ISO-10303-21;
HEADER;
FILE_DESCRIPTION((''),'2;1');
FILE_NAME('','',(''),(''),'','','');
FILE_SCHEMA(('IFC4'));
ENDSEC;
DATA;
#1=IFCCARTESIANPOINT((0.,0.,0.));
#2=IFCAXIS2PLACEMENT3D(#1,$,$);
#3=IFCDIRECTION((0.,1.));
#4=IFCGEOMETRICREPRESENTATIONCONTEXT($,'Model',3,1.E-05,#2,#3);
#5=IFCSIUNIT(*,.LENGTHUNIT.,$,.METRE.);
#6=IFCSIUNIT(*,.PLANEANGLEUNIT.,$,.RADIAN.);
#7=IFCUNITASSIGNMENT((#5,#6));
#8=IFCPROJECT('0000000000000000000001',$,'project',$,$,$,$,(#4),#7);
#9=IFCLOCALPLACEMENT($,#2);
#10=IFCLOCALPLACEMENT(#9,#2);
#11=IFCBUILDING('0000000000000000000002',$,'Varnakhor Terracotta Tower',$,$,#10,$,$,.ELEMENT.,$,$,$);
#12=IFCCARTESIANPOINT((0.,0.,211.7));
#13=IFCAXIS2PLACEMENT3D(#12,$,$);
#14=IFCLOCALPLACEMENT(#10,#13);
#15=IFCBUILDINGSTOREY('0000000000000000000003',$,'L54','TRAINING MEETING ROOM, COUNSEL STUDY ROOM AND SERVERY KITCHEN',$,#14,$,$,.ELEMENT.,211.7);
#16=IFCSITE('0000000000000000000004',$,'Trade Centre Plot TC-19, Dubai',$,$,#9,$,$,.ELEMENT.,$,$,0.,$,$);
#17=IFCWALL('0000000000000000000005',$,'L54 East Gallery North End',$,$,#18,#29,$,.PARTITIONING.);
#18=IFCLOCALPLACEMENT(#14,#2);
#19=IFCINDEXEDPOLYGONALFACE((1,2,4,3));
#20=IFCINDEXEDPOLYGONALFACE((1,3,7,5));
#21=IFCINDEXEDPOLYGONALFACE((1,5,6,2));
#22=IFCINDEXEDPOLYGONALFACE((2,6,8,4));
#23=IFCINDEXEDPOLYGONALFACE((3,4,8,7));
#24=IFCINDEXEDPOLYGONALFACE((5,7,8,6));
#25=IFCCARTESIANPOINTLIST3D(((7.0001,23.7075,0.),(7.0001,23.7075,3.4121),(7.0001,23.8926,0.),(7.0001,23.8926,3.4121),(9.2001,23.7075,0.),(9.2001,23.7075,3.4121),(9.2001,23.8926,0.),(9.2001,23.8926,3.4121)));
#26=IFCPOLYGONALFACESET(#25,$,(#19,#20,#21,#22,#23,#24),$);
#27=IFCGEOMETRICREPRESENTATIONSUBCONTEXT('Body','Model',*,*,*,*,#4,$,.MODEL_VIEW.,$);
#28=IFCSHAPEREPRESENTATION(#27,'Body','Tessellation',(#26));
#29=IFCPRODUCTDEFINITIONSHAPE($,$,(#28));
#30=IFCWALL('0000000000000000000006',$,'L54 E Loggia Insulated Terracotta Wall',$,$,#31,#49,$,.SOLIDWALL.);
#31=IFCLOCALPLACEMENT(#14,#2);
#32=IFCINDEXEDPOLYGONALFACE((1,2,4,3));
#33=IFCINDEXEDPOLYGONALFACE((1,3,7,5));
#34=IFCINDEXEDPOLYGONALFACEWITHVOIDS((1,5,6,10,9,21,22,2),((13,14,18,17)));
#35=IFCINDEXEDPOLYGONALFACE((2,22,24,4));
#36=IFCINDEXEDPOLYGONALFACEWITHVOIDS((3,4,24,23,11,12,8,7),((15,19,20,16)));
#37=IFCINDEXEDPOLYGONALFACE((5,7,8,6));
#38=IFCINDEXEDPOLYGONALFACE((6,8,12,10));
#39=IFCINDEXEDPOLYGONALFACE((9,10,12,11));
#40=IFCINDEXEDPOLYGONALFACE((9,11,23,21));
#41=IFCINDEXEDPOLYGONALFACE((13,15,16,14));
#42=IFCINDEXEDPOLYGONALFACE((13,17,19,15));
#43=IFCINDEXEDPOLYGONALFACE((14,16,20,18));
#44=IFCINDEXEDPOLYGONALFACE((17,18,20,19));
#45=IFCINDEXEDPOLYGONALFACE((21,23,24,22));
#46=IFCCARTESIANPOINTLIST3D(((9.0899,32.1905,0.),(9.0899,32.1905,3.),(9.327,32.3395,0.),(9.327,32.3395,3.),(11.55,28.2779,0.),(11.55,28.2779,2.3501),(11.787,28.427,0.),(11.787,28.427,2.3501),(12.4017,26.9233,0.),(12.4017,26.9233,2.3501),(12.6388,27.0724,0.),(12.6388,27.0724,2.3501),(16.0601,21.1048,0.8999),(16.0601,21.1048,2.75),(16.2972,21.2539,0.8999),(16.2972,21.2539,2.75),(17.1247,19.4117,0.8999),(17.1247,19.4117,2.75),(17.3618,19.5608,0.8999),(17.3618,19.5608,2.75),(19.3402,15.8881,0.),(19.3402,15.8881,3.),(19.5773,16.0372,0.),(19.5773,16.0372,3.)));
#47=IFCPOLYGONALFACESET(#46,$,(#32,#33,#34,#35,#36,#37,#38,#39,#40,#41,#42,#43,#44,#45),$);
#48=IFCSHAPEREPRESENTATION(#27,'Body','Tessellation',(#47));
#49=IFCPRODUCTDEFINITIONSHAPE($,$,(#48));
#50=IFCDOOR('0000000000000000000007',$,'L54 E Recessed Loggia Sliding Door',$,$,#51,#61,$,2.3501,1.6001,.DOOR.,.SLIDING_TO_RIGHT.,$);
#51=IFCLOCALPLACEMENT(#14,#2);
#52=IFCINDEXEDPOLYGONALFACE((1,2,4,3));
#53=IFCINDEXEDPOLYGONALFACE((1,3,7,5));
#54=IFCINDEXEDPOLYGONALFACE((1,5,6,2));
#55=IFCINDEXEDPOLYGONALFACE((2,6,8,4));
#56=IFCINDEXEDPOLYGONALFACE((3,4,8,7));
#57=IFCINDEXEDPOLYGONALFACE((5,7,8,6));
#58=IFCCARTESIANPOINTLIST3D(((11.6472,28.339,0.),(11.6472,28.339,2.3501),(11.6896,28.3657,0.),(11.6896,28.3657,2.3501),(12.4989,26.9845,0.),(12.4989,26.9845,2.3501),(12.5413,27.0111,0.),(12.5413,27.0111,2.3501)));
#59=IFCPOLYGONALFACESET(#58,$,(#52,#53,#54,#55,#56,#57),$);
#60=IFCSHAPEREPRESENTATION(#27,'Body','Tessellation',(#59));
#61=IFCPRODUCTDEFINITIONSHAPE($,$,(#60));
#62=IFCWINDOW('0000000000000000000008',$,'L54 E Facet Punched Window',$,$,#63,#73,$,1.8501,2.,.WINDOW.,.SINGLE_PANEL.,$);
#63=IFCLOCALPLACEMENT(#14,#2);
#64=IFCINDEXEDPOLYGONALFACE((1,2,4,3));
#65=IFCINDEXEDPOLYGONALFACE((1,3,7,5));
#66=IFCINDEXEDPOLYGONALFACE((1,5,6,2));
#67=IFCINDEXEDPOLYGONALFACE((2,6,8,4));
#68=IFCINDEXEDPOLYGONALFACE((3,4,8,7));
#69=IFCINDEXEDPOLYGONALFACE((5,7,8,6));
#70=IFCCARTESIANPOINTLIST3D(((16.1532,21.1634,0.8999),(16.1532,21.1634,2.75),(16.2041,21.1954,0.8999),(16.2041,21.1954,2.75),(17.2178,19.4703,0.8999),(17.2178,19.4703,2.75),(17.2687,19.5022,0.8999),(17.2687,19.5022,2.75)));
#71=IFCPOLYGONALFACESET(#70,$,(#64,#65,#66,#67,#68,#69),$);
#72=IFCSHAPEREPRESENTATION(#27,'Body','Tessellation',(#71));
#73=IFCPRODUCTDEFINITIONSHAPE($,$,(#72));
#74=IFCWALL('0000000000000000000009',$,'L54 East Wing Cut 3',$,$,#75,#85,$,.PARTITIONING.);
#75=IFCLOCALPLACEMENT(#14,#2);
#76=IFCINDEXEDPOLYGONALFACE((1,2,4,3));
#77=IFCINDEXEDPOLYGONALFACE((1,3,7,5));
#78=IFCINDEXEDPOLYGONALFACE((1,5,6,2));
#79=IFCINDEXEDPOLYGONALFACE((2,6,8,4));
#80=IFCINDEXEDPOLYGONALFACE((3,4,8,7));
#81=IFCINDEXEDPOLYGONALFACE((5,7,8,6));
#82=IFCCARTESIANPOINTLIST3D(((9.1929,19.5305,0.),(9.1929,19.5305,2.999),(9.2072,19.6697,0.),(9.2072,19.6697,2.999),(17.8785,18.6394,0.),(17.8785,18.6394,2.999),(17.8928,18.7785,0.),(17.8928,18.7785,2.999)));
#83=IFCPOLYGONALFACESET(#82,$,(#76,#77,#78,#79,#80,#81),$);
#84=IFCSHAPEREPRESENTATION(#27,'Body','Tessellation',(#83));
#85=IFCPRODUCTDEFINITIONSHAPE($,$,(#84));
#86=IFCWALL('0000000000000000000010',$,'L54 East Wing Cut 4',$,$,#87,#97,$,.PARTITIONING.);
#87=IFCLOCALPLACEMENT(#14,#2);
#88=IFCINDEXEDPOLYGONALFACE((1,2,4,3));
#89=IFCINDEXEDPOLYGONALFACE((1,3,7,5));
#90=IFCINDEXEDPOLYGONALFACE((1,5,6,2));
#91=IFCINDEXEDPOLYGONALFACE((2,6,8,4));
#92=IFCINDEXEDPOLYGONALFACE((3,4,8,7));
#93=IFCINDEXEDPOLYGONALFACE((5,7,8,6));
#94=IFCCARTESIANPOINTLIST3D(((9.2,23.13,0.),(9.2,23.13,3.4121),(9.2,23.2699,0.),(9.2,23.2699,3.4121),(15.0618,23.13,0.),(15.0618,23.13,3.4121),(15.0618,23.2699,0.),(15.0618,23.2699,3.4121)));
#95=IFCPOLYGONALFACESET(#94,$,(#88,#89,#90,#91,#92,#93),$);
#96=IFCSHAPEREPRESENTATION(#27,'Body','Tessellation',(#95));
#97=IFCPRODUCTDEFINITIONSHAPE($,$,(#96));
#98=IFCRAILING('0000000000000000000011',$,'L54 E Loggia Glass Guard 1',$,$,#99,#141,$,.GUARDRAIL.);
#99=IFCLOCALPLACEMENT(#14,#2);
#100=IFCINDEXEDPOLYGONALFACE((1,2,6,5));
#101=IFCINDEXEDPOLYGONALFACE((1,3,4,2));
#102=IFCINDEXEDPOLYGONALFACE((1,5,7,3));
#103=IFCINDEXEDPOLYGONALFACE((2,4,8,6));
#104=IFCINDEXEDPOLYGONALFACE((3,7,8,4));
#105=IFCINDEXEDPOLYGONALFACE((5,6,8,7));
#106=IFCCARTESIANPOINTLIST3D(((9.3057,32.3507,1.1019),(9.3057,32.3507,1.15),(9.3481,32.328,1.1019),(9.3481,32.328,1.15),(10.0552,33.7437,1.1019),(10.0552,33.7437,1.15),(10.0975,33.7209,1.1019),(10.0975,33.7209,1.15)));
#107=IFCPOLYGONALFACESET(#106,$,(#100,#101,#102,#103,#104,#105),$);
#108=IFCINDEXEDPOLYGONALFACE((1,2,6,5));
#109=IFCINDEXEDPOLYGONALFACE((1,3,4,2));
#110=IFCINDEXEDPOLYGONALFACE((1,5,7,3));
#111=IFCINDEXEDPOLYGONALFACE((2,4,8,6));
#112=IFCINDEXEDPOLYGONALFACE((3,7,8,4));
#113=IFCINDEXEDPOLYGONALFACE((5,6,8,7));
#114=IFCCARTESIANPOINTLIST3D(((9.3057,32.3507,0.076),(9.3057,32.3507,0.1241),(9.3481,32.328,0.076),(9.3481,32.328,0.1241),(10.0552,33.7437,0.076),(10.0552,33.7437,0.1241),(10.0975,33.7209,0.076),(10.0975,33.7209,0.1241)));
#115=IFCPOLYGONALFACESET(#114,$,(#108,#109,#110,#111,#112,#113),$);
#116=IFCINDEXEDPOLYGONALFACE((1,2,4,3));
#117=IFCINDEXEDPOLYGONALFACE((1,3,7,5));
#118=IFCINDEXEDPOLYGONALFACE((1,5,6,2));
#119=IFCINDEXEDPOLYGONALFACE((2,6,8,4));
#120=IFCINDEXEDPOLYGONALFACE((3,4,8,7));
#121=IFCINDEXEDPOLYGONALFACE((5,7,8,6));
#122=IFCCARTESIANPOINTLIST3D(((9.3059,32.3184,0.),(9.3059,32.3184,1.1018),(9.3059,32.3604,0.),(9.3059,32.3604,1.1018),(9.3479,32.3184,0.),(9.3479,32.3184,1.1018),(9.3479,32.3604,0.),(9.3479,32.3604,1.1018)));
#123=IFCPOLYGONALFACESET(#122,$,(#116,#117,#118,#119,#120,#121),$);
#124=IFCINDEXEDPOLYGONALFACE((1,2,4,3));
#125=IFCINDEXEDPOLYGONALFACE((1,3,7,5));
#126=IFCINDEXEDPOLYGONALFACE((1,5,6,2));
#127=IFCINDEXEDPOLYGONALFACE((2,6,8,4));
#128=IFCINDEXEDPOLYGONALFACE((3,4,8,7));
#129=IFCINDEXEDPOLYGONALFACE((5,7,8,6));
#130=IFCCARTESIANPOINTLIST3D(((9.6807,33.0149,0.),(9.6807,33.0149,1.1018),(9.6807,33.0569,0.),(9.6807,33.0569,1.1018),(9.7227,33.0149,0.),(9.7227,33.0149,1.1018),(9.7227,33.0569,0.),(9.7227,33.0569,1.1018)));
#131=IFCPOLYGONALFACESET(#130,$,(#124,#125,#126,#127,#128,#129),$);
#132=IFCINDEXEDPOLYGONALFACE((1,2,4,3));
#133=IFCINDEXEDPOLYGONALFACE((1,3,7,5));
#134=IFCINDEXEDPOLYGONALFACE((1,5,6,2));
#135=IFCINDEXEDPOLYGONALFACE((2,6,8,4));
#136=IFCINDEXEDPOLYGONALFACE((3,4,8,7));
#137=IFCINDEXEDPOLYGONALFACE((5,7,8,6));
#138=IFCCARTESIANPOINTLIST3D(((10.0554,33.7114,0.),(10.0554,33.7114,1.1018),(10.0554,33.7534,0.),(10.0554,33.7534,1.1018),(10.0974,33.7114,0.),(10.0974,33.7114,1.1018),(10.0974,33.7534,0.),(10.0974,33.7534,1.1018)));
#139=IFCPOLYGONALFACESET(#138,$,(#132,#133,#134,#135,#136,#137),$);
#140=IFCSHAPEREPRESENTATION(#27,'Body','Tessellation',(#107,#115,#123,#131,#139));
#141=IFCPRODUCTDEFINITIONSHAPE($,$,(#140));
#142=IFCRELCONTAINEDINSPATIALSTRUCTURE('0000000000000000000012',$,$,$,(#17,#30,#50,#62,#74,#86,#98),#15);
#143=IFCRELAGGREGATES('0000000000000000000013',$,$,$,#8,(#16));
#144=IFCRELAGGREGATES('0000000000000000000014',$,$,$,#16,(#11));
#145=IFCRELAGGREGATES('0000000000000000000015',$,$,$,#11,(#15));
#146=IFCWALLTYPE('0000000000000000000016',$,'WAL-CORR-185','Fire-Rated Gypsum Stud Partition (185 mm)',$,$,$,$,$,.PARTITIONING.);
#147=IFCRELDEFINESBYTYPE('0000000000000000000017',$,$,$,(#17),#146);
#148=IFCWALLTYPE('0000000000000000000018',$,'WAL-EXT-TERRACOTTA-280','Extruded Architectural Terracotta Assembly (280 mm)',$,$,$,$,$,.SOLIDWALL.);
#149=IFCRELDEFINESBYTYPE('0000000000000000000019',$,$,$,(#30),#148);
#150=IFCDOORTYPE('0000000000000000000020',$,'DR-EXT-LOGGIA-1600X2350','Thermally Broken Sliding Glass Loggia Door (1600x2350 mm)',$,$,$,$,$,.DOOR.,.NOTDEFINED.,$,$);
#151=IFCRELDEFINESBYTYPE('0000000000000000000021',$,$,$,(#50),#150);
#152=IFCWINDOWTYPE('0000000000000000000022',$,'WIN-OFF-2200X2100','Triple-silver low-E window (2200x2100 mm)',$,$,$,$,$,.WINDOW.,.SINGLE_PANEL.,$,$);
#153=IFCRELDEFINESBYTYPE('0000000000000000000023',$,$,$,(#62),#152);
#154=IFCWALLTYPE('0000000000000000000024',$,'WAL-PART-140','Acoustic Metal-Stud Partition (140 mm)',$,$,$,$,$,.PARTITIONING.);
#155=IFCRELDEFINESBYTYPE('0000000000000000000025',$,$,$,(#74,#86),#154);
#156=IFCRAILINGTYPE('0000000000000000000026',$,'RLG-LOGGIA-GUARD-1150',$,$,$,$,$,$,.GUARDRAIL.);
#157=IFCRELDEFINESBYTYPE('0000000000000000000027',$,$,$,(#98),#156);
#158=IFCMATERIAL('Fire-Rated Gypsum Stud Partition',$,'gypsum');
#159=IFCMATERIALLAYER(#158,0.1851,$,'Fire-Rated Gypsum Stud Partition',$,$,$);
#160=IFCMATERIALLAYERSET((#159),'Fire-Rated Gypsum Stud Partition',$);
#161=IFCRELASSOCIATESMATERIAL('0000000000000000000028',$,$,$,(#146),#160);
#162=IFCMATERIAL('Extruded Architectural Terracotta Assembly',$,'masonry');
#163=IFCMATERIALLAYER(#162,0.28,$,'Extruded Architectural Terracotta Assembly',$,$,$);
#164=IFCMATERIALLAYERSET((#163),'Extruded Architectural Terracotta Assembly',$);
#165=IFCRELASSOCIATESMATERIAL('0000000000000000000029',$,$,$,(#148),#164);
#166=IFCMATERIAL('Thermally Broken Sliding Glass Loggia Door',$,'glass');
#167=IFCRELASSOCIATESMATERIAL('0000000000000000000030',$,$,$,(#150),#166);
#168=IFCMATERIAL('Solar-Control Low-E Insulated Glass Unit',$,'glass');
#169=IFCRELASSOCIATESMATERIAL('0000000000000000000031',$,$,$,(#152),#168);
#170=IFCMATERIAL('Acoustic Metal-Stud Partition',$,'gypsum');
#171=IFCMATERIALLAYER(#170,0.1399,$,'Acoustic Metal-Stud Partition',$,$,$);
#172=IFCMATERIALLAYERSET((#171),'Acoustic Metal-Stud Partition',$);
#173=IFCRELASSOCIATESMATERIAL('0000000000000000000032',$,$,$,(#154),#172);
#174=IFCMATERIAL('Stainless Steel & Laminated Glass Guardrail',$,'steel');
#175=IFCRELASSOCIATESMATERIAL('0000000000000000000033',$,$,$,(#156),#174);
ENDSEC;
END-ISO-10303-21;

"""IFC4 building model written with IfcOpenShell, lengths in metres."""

from ifc_helpers import new_model, si_unit, direction, frame, frame_2d, origin, origin_2d, place, context, subcontext, project, spatial, rectangle, extrude, source, transform, mapped, material, layer, layer_set, type_object, type_shapes, element, fill, save


model = new_model("IFC4")

# Units and contexts
model_context = context("Model", 3, precision=1e-05, world=origin(), true_north=direction((0.0, 1.0)))
body_context = subcontext(model_context, "Body", "Model", "MODEL_VIEW")
ifc_project = project(units=[si_unit("LENGTHUNIT", "METRE"), si_unit("PLANEANGLEUNIT", "RADIAN")], contexts=[model_context])

# Site, building, storey
site_placement = place(None, origin())
site = spatial("IfcSite", under=ifc_project, at=site_placement, Name="Trade Centre Plot TC-19, Dubai", CompositionType="ELEMENT", RefElevation=0.0)
building_placement = place(site_placement, origin())
building = spatial("IfcBuilding", under=site, at=building_placement, Name="Varnakhor Terracotta Tower", CompositionType="ELEMENT")
storey_placement = place(building_placement, frame((0.0, 0.0, 211.7)))
storey = spatial("IfcBuildingStorey", under=building, at=storey_placement, Name="L54", Description="TRAINING MEETING ROOM, COUNSEL STUDY ROOM AND SERVERY KITCHEN", CompositionType="ELEMENT", Elevation=211.7)

# Wall
ifc_material_1 = material(Name="Fire-Rated Gypsum Stud Partition", Category="gypsum")
ifc_layer_1 = layer(ifc_material_1, 0.1851, Name="Fire-Rated Gypsum Stud Partition")
ifc_layer_set_1 = layer_set([ifc_layer_1], Name="Fire-Rated Gypsum Stud Partition")
wall_type_1 = type_object("IfcWallType", Name="WAL-CORR-185", Description="Fire-Rated Gypsum Stud Partition (185 mm)", PredefinedType="PARTITIONING", material=ifc_layer_set_1)
wall_1_placement = place(storey_placement, frame((7.0, 23.8, 0.0), z_axis=(0.0, 0.0, 1.0), x_axis=(1.0, 0.0, 0.0)))
element("IfcWall", 1, at=wall_1_placement, inside=storey, type_object=wall_type_1, Name="L54 East Gallery North End", PredefinedType="PARTITIONING", context=body_context, shape_type="SweptSolid", body=[
    extrude(rectangle(XDim=2.2, YDim=0.1851, at=frame_2d((1.1001, 0.0))), origin(), (0.0, 0.0, 1.0), 3.4121),
])

# Wall, openings, door, window
ifc_material_2 = material(Name="Extruded Architectural Terracotta Assembly", Category="masonry")
ifc_layer_2 = layer(ifc_material_2, 0.28, Name="Extruded Architectural Terracotta Assembly")
ifc_layer_set_2 = layer_set([ifc_layer_2], Name="Extruded Architectural Terracotta Assembly")
wall_type_2 = type_object("IfcWallType", Name="WAL-EXT-TERRACOTTA-280", Description="Extruded Architectural Terracotta Assembly (280 mm)", PredefinedType="SOLIDWALL", material=ifc_layer_set_2)
wall_2_placement = place(storey_placement, frame((9.2085, 32.2649, 0.0), z_axis=(0.0, 0.0, 1.0), x_axis=(0.532288, -0.846564, 0.0)))
wall_2 = element("IfcWall", 2, at=wall_2_placement, inside=storey, type_object=wall_type_2, Name="L54 E Loggia Insulated Terracotta Wall", PredefinedType="SOLIDWALL", context=body_context, shape_type="SweptSolid", body=[
    extrude(rectangle(XDim=19.2571, YDim=0.28, at=frame_2d((9.6284, 0.0))), origin(), (0.0, 0.0, 1.0), 3.0),
])
opening_1_placement = place(wall_2_placement, frame((4.6216, 0.0, 0.0)))
opening_1 = element("IfcOpeningElement", 3, at=opening_1_placement, cuts=wall_2, PredefinedType="OPENING", context=body_context, shape_type="SweptSolid", body=[
    extrude(rectangle(XDim=1.6001, YDim=2.3501, at=frame_2d((0.8, 1.175))), frame((0.0, 0.1499, 0.0), z_axis=(0.0, -1.0, 0.0), x_axis=(1.0, 0.0, 0.0)), (0.0, 0.0, 1.0), 0.3),
])
opening_2_placement = place(wall_2_placement, frame((13.0947, 0.0, 0.8999)))
opening_2 = element("IfcOpeningElement", 4, at=opening_2_placement, cuts=wall_2, PredefinedType="OPENING", context=body_context, shape_type="SweptSolid", body=[
    extrude(rectangle(XDim=2.0, YDim=1.8501, at=frame_2d((1.0, 0.925))), frame((0.0, 0.1499, 0.0), z_axis=(0.0, -1.0, 0.0), x_axis=(1.0, 0.0, 0.0)), (0.0, 0.0, 1.0), 0.3),
])
ifc_material_3 = material(Name="Thermally Broken Sliding Glass Loggia Door", Category="glass")
door_type = type_object("IfcDoorType", Name="DR-EXT-LOGGIA-1600X2350", Description="Thermally Broken Sliding Glass Loggia Door (1600x2350 mm)", OperationType="NOTDEFINED", PredefinedType="DOOR", material=ifc_material_3)
shared_shape_1 = source(origin(), body_context, "Body", "SweptSolid", [
    extrude(rectangle(XDim=1.6001, YDim=2.3501, at=frame_2d((0.8, 1.175))), frame((0.0, 0.0249, 0.0), z_axis=(0.0, -1.0, 0.0), x_axis=(1.0, 0.0, 0.0)), (0.0, 0.0, 1.0), 0.05),
])
type_shapes(door_type, [shared_shape_1])
door_placement = place(opening_1_placement, origin())
door = element("IfcDoor", 5, at=door_placement, inside=storey, type_object=door_type, Name="L54 E Recessed Loggia Sliding Door", OperationType="SLIDING_TO_RIGHT", OverallHeight=2.3501, OverallWidth=1.6001, PredefinedType="DOOR", context=body_context, shape_type="MappedRepresentation", body=[
    mapped(shared_shape_1, transform((0.0, 0.0, 0.0), scale=1.0)),
])
fill(opening_1, door)
ifc_material_4 = material(Name="Solar-Control Low-E Insulated Glass Unit", Category="glass")
window_type = type_object("IfcWindowType", Name="WIN-OFF-2200X2100", Description="Triple-silver low-E window (2200x2100 mm)", PartitioningType="SINGLE_PANEL", PredefinedType="WINDOW", material=ifc_material_4)
shared_shape_2 = source(origin(), body_context, "Body", "SweptSolid", [
    extrude(rectangle(XDim=2.0, YDim=1.8501, at=frame_2d((1.0, 0.925))), frame((0.0, 0.03, 0.0), z_axis=(0.0, -1.0, 0.0), x_axis=(1.0, 0.0, 0.0)), (0.0, 0.0, 1.0), 0.0601),
])
type_shapes(window_type, [shared_shape_2])
window_placement = place(opening_2_placement, origin())
window = element("IfcWindow", 6, at=window_placement, inside=storey, type_object=window_type, Name="L54 E Facet Punched Window", OverallHeight=1.8501, OverallWidth=2.0, PartitioningType="SINGLE_PANEL", PredefinedType="WINDOW", context=body_context, shape_type="MappedRepresentation", body=[
    mapped(shared_shape_2, transform((0.0, 0.0, 0.0), scale=1.0)),
])
fill(opening_2, window)

# Walls
ifc_material_5 = material(Name="Acoustic Metal-Stud Partition", Category="gypsum")
ifc_layer_3 = layer(ifc_material_5, 0.1399, Name="Acoustic Metal-Stud Partition")
ifc_layer_set_3 = layer_set([ifc_layer_3], Name="Acoustic Metal-Stud Partition")
wall_type_3 = type_object("IfcWallType", Name="WAL-PART-140", Description="Acoustic Metal-Stud Partition (140 mm)", PredefinedType="PARTITIONING", material=ifc_layer_set_3)
wall_3_placement = place(storey_placement, frame((9.2, 19.6001, 0.0), z_axis=(0.0, 0.0, 1.0), x_axis=(0.994778, -0.102062, 0.0)))
element("IfcWall", 7, at=wall_3_placement, inside=storey, type_object=wall_type_3, Name="L54 East Wing Cut 3", PredefinedType="PARTITIONING", context=body_context, shape_type="SweptSolid", body=[
    extrude(rectangle(XDim=8.7312, YDim=0.1399, at=frame_2d((4.3657, 0.0))), origin(), (0.0, 0.0, 1.0), 2.999),
])
wall_4_placement = place(storey_placement, frame((9.2, 23.2, 0.0), z_axis=(0.0, 0.0, 1.0), x_axis=(1.0, 0.0, 0.0)))
element("IfcWall", 8, at=wall_4_placement, inside=storey, type_object=wall_type_3, Name="L54 East Wing Cut 4", PredefinedType="PARTITIONING", context=body_context, shape_type="SweptSolid", body=[
    extrude(rectangle(XDim=5.8618, YDim=0.1399, at=frame_2d((2.9309, 0.0))), origin(), (0.0, 0.0, 1.0), 3.4121),
])

# Railing
ifc_material_6 = material(Name="Stainless Steel & Laminated Glass Guardrail", Category="steel")
railing_type = type_object("IfcRailingType", Name="RLG-LOGGIA-GUARD-1150", PredefinedType="GUARDRAIL", material=ifc_material_6)
railing_1_placement = place(storey_placement, frame((9.3269, 32.3394, 0.0)))
element("IfcRailing", 9, at=railing_1_placement, inside=storey, type_object=railing_type, Name="L54 E Loggia Glass Guard 1", PredefinedType="GUARDRAIL", context=body_context, shape_type="SweptSolid", body=[
    extrude(rectangle(XDim=0.0481, YDim=0.0481, at=origin_2d()), frame((0.0, 0.0, 1.126), z_axis=(0.473805, 0.88063, 0.0), x_axis=(-0.88063, 0.473805, 0.0)), (0.0, 0.0, 1.0), 1.5818),
    extrude(rectangle(XDim=0.0481, YDim=0.0481, at=origin_2d()), frame((0.0, 0.0, 0.1001), z_axis=(0.473805, 0.88063, 0.0), x_axis=(-0.88063, 0.473805, 0.0)), (0.0, 0.0, 1.0), 1.5818),
    extrude(rectangle(XDim=0.042, YDim=0.042, at=origin_2d()), origin(), (0.0, 0.0, 1.0), 1.1018),
    extrude(rectangle(XDim=0.042, YDim=0.042, at=origin_2d()), frame((0.3748, 0.6965, 0.0)), (0.0, 0.0, 1.0), 1.1018),
    extrude(rectangle(XDim=0.042, YDim=0.042, at=origin_2d()), frame((0.7495, 1.3931, 0.0)), (0.0, 0.0, 1.0), 1.1018),
])

save(model, "model.ifc")
